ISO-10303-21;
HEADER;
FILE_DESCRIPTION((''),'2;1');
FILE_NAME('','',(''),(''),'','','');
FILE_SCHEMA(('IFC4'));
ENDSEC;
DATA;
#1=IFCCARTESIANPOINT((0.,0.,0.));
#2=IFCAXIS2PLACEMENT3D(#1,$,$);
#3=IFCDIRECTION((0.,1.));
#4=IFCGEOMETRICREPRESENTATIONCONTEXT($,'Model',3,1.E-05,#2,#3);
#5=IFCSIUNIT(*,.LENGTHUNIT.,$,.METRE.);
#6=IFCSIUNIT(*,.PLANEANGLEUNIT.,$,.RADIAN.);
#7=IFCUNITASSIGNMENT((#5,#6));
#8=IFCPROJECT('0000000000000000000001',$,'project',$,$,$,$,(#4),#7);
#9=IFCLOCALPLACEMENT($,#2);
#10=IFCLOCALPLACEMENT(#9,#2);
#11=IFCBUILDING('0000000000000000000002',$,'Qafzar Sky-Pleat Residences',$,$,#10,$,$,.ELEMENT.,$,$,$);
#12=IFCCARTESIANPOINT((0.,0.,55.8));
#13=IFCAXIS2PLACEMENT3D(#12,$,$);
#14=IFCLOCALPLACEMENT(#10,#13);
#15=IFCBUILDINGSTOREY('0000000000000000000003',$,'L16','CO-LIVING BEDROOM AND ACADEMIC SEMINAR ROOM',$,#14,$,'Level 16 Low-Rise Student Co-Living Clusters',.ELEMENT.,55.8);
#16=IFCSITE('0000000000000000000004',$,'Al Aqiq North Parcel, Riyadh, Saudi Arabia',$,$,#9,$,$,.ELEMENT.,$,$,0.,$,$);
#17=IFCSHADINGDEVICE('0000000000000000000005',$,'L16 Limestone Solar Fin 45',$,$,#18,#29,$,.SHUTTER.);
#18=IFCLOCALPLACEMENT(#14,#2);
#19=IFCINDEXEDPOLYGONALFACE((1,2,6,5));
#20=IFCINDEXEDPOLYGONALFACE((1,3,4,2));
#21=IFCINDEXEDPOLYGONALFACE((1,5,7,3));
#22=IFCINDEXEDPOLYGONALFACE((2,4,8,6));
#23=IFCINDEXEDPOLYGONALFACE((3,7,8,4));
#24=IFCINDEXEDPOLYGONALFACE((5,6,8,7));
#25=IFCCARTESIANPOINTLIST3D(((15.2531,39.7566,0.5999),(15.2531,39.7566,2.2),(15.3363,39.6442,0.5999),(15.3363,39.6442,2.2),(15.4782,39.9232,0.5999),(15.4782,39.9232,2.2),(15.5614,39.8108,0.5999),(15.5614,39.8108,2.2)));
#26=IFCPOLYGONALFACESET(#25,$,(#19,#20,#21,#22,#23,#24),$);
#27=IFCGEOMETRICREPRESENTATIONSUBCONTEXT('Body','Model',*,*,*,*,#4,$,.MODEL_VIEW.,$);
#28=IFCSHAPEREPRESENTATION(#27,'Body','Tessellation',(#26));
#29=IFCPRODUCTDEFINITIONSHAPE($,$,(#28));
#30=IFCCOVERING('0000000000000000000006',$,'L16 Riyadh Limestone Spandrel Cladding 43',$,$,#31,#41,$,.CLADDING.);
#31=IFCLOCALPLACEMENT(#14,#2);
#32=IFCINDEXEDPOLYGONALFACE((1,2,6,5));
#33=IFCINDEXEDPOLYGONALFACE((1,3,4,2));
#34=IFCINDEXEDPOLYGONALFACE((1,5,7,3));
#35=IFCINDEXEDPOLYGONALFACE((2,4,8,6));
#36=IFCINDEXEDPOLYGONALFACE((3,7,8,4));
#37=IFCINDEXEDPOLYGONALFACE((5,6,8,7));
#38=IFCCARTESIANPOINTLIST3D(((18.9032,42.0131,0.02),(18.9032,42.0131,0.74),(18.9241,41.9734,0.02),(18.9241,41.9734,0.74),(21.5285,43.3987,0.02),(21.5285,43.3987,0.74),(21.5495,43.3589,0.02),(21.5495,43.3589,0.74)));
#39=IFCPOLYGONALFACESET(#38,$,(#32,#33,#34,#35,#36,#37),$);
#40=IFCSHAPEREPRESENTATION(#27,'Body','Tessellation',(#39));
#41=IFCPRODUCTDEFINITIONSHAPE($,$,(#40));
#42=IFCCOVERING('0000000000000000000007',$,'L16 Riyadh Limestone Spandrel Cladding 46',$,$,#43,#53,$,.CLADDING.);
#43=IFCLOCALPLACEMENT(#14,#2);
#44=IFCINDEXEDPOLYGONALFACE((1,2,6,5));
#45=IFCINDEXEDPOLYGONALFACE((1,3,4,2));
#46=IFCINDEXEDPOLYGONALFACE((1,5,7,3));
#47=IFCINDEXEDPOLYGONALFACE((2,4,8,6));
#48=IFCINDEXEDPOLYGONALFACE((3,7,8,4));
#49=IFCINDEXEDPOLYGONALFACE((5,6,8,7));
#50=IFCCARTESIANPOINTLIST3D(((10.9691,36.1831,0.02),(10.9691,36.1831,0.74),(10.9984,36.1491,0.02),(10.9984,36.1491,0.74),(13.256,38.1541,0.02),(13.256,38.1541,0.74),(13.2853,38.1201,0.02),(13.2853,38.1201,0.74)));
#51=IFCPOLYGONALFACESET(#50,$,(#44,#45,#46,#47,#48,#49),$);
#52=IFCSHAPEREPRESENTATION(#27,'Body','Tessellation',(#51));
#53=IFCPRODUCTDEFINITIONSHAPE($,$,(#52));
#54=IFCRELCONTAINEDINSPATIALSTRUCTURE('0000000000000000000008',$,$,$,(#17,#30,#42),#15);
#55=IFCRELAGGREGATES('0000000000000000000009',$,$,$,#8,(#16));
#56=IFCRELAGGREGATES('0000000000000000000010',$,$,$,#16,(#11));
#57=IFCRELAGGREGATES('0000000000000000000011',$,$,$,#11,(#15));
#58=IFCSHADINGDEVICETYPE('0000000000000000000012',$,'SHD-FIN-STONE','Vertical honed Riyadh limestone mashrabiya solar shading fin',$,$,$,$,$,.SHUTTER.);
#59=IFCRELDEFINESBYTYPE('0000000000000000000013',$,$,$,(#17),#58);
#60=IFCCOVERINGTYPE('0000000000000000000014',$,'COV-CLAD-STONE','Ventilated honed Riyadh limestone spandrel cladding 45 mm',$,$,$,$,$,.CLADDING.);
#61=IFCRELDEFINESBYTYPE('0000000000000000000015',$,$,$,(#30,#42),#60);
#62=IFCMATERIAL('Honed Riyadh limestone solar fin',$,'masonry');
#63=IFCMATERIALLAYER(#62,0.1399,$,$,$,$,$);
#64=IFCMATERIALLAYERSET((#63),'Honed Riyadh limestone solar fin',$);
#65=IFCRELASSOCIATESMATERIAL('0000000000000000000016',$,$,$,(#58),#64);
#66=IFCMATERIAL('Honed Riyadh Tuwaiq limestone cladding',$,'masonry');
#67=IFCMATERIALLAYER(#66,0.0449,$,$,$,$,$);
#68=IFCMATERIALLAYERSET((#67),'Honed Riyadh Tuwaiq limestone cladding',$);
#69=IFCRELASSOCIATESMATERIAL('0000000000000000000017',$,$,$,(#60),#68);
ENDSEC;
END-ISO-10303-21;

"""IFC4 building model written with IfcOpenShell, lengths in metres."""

from ifc_helpers import new_model, si_unit, direction, frame, origin, origin_2d, place, context, subcontext, project, spatial, rectangle, extrude, source, transform, mapped, material, layer, layer_set, type_object, element, save


model = new_model("IFC4")

# Units and contexts
model_context = context("Model", 3, precision=1e-05, world=origin(), true_north=direction((0.0, 1.0)))
body_context = subcontext(model_context, "Body", "Model", "MODEL_VIEW")
ifc_project = project(units=[si_unit("LENGTHUNIT", "METRE"), si_unit("PLANEANGLEUNIT", "RADIAN")], contexts=[model_context])

# Site, building, storey
site_placement = place(None, origin())
site = spatial("IfcSite", under=ifc_project, at=site_placement, Name="Al Aqiq North Parcel, Riyadh, Saudi Arabia", CompositionType="ELEMENT", RefElevation=0.0)
building_placement = place(site_placement, origin())
building = spatial("IfcBuilding", under=site, at=building_placement, Name="Qafzar Sky-Pleat Residences", CompositionType="ELEMENT")
storey_placement = place(building_placement, frame((0.0, 0.0, 55.8)))
storey = spatial("IfcBuildingStorey", under=building, at=storey_placement, Name="L16", Description="CO-LIVING BEDROOM AND ACADEMIC SEMINAR ROOM", LongName="Level 16 Low-Rise Student Co-Living Clusters", CompositionType="ELEMENT", Elevation=55.8)

# Shading device
ifc_material_1 = material(Name="Honed Riyadh limestone solar fin", Category="masonry")
ifc_layer_1 = layer(ifc_material_1, 0.1399)
ifc_layer_set_1 = layer_set([ifc_layer_1], Name="Honed Riyadh limestone solar fin")
shading_device_type = type_object("IfcShadingDeviceType", Name="SHD-FIN-STONE", Description="Vertical honed Riyadh limestone mashrabiya solar shading fin", PredefinedType="SHUTTER", material=ifc_layer_set_1)
shared_shape_1 = source(origin(), body_context, "Body", "SweptSolid", [
    extrude(rectangle(XDim=0.1399, YDim=0.28, at=origin_2d()), origin(), (0.0, 0.0, 1.0), 1.6001),
])
shading_device_placement = place(storey_placement, frame((15.4072, 39.7837, 0.5999), z_axis=(0.0, 0.0, 1.0), x_axis=(-0.594881, 0.803814, 0.0)))
element("IfcShadingDevice", 1, at=shading_device_placement, inside=storey, type_object=shading_device_type, Name="L16 Limestone Solar Fin 45", PredefinedType="SHUTTER", context=body_context, shape_type="MappedRepresentation", body=[
    mapped(shared_shape_1, transform((0.0, 0.0, 0.0), x_axis=(1.0, 0.0, 0.0), y_axis=(0.0, 1.0, 0.0), z_axis=(0.0, 0.0, 1.0), scale=1.0)),
])

# Coverings
ifc_material_2 = material(Name="Honed Riyadh Tuwaiq limestone cladding", Category="masonry")
ifc_layer_2 = layer(ifc_material_2, 0.0449)
ifc_layer_set_2 = layer_set([ifc_layer_2], Name="Honed Riyadh Tuwaiq limestone cladding")
covering_type = type_object("IfcCoveringType", Name="COV-CLAD-STONE", Description="Ventilated honed Riyadh limestone spandrel cladding 45 mm", PredefinedType="CLADDING", material=ifc_layer_set_2)
shared_shape_2 = source(origin(), body_context, "Body", "SweptSolid", [
    extrude(rectangle(XDim=2.9685, YDim=0.0449, at=origin_2d()), origin(), (0.0, 0.0, 1.0), 0.72),
])
covering_1_placement = place(storey_placement, frame((20.2263, 42.686, 0.02), z_axis=(0.0, 0.0, 1.0), x_axis=(-0.884388, -0.466752, 0.0)))
element("IfcCovering", 2, at=covering_1_placement, inside=storey, type_object=covering_type, Name="L16 Riyadh Limestone Spandrel Cladding 43", PredefinedType="CLADDING", context=body_context, shape_type="MappedRepresentation", body=[
    mapped(shared_shape_2, transform((0.0, 0.0, 0.0), x_axis=(1.0, 0.0, 0.0), y_axis=(0.0, 1.0, 0.0), z_axis=(0.0, 0.0, 1.0), scale=1.0)),
])
shared_shape_3 = source(origin(), body_context, "Body", "SweptSolid", [
    extrude(rectangle(XDim=3.019, YDim=0.0449, at=origin_2d()), origin(), (0.0, 0.0, 1.0), 0.72),
])
covering_2_placement = place(storey_placement, frame((12.1272, 37.1516, 0.02), z_axis=(0.0, 0.0, 1.0), x_axis=(-0.757486, -0.652851, 0.0)))
element("IfcCovering", 3, at=covering_2_placement, inside=storey, type_object=covering_type, Name="L16 Riyadh Limestone Spandrel Cladding 46", PredefinedType="CLADDING", context=body_context, shape_type="MappedRepresentation", body=[
    mapped(shared_shape_3, transform((0.0, 0.0, 0.0), x_axis=(1.0, 0.0, 0.0), y_axis=(0.0, 1.0, 0.0), z_axis=(0.0, 0.0, 1.0), scale=1.0)),
])

save(model, "model.ifc")
